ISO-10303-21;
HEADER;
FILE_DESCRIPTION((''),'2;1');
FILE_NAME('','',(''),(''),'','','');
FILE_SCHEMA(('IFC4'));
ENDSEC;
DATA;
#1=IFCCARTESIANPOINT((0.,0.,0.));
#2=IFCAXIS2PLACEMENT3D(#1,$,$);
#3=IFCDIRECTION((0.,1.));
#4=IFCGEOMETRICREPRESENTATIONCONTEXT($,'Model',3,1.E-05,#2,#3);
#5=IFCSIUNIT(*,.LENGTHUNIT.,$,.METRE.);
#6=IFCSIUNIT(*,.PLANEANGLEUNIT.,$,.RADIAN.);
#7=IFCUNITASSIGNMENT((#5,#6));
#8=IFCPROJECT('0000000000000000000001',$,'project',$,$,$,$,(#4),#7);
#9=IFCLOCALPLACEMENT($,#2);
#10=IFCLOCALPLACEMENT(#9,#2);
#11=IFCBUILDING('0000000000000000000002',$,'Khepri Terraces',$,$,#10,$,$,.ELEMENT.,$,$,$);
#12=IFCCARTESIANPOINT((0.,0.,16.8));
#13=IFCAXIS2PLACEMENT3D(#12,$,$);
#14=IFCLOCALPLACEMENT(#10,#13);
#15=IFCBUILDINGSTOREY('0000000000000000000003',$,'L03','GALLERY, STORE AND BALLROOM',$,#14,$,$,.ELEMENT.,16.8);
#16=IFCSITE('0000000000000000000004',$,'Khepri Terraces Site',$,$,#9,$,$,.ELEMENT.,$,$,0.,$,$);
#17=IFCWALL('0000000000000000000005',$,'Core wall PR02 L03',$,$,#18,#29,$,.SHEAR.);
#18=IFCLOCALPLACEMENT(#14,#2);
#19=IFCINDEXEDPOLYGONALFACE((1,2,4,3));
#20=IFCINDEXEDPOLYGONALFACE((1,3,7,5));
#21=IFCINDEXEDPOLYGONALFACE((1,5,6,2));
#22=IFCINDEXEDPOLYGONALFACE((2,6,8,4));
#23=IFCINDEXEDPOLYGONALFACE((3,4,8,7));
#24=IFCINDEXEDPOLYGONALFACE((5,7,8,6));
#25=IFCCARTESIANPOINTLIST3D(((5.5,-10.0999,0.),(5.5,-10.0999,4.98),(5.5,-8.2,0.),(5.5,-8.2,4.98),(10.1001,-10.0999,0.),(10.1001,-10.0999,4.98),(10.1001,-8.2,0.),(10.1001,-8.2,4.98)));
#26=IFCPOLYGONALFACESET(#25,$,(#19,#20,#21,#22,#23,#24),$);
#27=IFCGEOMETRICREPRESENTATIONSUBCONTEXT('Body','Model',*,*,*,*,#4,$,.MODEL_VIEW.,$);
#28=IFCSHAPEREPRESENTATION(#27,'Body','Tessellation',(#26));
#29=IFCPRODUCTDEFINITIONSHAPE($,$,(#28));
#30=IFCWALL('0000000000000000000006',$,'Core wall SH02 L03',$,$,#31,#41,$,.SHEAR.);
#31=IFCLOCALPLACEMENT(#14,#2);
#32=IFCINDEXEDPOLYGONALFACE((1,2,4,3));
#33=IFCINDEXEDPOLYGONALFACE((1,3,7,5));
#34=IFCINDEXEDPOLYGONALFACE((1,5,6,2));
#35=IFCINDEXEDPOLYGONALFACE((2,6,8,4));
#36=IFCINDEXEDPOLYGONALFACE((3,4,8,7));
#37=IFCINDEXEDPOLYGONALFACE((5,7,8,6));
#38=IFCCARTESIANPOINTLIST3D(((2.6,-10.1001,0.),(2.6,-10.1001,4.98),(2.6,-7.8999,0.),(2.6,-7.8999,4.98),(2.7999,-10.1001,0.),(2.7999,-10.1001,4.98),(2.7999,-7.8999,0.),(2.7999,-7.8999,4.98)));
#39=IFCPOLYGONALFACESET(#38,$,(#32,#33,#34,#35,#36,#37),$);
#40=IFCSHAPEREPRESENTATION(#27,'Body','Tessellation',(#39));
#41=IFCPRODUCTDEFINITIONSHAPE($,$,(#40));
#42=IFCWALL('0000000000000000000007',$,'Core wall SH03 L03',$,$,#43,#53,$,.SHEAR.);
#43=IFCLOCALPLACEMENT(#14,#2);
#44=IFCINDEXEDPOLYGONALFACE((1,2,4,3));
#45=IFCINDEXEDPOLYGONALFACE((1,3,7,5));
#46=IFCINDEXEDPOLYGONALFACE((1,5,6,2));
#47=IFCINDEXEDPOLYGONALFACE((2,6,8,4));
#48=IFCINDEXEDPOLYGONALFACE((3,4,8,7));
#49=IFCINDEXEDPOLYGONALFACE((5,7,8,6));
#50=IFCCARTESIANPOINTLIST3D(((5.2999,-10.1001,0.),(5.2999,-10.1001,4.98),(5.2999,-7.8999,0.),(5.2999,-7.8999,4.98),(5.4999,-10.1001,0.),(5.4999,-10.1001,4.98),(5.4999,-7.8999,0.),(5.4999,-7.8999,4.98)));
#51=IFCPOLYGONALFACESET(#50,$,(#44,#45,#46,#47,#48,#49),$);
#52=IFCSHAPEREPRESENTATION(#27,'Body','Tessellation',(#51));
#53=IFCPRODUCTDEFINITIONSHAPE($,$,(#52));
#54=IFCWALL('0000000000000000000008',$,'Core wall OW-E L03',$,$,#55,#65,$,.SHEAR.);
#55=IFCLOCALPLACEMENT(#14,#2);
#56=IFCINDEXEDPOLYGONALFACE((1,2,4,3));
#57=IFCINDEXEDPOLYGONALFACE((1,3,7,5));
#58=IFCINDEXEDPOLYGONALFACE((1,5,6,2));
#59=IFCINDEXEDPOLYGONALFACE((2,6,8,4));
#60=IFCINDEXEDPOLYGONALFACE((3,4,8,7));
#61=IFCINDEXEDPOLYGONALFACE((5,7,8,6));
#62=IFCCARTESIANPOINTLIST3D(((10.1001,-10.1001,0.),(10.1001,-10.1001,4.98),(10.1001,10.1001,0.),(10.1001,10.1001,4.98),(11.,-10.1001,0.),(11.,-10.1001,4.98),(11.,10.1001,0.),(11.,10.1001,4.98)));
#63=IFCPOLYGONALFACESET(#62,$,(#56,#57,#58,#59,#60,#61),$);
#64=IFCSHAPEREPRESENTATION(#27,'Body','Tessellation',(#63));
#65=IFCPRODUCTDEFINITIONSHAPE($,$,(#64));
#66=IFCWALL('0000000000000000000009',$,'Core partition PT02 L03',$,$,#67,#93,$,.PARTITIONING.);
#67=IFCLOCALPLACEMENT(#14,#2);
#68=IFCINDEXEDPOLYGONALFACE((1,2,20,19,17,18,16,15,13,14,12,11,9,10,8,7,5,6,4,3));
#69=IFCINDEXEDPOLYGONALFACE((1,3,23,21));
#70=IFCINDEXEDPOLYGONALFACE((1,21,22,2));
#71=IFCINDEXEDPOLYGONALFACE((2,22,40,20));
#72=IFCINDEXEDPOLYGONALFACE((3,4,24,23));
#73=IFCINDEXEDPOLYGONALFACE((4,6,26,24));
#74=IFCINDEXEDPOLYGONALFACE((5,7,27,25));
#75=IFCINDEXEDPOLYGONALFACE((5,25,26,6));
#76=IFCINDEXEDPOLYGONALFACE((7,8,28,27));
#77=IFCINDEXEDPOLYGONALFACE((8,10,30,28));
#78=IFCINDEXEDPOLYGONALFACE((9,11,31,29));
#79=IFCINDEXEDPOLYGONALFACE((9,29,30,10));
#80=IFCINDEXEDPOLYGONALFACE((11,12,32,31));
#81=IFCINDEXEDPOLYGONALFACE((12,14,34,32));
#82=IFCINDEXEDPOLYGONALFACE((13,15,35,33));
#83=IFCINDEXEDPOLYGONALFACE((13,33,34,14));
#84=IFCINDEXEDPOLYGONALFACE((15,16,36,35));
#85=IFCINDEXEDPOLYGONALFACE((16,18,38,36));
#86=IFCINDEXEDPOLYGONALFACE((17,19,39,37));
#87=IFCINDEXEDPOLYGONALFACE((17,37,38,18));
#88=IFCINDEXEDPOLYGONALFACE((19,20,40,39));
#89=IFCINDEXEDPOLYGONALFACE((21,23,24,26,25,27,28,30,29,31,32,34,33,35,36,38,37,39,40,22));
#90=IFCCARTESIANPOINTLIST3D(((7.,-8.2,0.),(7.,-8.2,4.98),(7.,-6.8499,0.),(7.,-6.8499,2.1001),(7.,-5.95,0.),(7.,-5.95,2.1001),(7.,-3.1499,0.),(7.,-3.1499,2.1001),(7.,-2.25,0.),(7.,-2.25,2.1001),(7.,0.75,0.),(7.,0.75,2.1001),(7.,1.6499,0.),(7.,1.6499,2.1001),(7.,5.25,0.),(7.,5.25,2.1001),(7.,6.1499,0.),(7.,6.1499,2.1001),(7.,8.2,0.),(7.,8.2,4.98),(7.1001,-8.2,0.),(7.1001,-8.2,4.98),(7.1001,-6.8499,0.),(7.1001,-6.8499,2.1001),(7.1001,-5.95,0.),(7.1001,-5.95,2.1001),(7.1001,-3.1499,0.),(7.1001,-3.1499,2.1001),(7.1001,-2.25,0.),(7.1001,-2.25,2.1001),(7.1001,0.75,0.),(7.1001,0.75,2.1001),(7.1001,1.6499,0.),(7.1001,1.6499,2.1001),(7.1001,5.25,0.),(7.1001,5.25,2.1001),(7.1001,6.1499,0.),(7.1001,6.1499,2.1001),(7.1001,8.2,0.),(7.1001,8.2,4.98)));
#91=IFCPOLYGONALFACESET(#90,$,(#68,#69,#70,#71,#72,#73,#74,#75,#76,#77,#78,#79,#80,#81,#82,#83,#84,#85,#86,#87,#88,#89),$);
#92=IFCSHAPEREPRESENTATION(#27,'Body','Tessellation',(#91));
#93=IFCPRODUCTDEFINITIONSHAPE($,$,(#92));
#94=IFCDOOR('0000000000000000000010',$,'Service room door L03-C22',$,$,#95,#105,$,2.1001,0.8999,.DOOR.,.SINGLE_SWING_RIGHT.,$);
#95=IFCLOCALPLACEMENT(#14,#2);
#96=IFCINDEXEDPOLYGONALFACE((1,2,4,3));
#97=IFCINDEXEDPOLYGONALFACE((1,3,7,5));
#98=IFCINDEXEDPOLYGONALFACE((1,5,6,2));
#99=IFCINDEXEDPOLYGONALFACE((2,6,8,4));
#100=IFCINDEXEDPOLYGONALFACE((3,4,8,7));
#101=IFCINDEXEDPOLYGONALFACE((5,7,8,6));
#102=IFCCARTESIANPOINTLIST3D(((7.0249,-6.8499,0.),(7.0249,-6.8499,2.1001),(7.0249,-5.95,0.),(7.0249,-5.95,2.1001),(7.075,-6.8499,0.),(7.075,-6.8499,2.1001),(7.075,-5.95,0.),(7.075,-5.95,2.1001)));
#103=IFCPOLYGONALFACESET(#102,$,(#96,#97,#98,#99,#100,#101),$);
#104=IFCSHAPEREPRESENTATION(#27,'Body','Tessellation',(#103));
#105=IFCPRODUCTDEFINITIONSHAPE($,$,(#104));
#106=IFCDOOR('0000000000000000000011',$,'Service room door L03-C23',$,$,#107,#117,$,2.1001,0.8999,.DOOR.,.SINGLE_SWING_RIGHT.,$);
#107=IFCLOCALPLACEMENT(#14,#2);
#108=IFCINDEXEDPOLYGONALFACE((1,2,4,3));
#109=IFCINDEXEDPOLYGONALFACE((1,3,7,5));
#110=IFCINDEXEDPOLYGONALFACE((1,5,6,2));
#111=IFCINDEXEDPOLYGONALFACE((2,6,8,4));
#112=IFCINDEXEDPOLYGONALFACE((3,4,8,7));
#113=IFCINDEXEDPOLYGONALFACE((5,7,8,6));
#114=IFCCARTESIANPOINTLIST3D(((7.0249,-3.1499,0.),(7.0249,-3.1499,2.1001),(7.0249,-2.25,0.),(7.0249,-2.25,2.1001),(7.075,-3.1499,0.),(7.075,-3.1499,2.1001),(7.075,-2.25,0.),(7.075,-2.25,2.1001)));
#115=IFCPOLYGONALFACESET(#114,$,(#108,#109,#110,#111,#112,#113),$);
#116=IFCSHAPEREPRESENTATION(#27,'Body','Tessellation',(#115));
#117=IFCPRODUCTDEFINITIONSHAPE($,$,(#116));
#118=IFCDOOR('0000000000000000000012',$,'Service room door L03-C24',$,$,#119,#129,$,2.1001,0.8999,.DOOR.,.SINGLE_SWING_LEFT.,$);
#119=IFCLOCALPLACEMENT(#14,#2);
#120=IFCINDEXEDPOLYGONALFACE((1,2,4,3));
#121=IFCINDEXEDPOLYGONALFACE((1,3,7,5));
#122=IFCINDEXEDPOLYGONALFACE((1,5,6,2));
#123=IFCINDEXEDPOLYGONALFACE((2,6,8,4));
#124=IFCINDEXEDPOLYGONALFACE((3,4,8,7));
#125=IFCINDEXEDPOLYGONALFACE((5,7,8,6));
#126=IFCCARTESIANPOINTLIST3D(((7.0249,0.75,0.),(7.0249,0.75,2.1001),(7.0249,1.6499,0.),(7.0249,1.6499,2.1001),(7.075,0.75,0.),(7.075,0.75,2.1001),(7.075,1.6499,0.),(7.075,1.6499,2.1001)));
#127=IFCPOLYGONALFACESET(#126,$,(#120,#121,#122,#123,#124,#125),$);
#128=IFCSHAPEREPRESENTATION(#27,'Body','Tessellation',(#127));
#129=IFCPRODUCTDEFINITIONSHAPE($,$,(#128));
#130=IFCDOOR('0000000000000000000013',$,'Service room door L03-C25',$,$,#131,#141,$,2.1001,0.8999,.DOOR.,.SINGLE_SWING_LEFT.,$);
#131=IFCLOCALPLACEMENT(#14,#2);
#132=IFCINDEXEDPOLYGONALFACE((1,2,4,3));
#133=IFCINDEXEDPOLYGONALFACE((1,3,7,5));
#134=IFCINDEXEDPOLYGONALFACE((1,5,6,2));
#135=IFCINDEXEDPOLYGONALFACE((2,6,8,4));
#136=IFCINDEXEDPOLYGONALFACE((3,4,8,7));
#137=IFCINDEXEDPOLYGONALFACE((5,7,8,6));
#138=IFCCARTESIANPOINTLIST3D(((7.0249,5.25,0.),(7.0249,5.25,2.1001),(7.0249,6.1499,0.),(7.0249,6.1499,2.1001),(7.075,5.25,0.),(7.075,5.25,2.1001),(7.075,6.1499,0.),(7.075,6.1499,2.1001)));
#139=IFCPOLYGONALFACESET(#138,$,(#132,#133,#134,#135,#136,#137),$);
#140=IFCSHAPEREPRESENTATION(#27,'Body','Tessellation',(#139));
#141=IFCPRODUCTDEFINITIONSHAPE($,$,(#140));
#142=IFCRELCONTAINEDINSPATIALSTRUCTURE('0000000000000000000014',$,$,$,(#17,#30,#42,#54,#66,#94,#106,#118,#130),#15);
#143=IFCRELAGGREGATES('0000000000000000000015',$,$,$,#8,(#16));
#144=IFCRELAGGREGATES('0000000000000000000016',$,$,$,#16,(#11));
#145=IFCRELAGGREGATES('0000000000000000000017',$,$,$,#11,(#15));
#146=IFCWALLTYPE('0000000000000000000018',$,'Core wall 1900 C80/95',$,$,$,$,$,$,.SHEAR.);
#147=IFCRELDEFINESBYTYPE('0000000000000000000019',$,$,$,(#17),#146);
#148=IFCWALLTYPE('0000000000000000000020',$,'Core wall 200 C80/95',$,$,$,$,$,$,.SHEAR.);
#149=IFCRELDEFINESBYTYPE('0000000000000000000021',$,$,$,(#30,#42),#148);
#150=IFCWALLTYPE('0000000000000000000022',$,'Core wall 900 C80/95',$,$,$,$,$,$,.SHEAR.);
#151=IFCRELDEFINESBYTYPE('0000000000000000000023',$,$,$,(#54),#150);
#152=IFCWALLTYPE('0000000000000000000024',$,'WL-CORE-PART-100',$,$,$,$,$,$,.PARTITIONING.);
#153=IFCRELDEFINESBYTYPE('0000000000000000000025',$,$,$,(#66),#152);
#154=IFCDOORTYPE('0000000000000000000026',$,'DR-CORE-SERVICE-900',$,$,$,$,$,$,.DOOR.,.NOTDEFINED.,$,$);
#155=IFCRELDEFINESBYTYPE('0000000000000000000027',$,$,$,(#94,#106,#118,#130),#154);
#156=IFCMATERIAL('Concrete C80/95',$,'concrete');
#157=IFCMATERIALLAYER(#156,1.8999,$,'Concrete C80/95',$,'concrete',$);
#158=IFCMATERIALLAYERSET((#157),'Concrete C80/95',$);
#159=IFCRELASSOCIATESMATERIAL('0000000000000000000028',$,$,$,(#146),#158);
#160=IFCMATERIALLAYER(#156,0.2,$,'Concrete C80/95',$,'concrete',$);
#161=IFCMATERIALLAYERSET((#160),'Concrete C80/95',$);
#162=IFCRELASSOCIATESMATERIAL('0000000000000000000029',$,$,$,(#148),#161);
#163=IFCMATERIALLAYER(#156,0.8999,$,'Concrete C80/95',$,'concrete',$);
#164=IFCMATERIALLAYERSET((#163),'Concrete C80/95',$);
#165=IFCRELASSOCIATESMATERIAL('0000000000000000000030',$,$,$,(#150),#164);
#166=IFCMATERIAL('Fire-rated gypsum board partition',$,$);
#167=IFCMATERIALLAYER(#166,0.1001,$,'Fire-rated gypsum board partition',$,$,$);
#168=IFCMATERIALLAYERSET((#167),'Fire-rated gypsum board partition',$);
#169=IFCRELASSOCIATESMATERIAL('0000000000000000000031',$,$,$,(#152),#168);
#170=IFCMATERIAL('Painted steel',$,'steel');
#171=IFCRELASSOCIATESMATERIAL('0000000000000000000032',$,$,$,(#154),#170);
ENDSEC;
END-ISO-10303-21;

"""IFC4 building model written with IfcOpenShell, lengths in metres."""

from ifc_helpers import new_model, si_unit, direction, frame, frame_2d, origin, place, context, subcontext, project, spatial, rectangle, extrude, material, layer, layer_set, type_object, element, fill, save


model = new_model("IFC4")

# Units and contexts
model_context = context("Model", 3, precision=1e-05, world=origin(), true_north=direction((0.0, 1.0)))
body_context = subcontext(model_context, "Body", "Model", "MODEL_VIEW")
ifc_project = project(units=[si_unit("LENGTHUNIT", "METRE"), si_unit("PLANEANGLEUNIT", "RADIAN")], contexts=[model_context])

# Site, building, storey
site_placement = place(None, origin())
site = spatial("IfcSite", under=ifc_project, at=site_placement, Name="Khepri Terraces Site", CompositionType="ELEMENT", RefElevation=0.0)
building_placement = place(site_placement, origin())
building = spatial("IfcBuilding", under=site, at=building_placement, Name="Khepri Terraces", CompositionType="ELEMENT")
storey_placement = place(building_placement, frame((0.0, 0.0, 16.8)))
storey = spatial("IfcBuildingStorey", under=building, at=storey_placement, Name="L03", Description="GALLERY, STORE AND BALLROOM", CompositionType="ELEMENT", Elevation=16.8)

# Walls
ifc_material_1 = material(Name="Concrete C80/95", Category="concrete")
ifc_layer_1 = layer(ifc_material_1, 1.8999, Name="Concrete C80/95", Category="concrete")
ifc_layer_set_1 = layer_set([ifc_layer_1], Name="Concrete C80/95")
wall_type_1 = type_object("IfcWallType", Name="Core wall 1900 C80/95", PredefinedType="SHEAR", material=ifc_layer_set_1)
wall_1_placement = place(storey_placement, frame((5.5, -9.1499, 0.0), z_axis=(0.0, 0.0, 1.0), x_axis=(1.0, 0.0, 0.0)))
element("IfcWall", 1, at=wall_1_placement, inside=storey, type_object=wall_type_1, Name="Core wall PR02 L03", PredefinedType="SHEAR", context=body_context, shape_type="SweptSolid", body=[
    extrude(rectangle(XDim=4.6001, YDim=1.8999, at=frame_2d((2.3, 0.0))), origin(), (0.0, 0.0, 1.0), 4.98),
])
ifc_layer_2 = layer(ifc_material_1, 0.2, Name="Concrete C80/95", Category="concrete")
ifc_layer_set_2 = layer_set([ifc_layer_2], Name="Concrete C80/95")
wall_type_2 = type_object("IfcWallType", Name="Core wall 200 C80/95", PredefinedType="SHEAR", material=ifc_layer_set_2)
for number, where, z_axis, x_axis, name in (
    (2, (2.7, -10.1001, 0.0), (0.0, 0.0, 1.0), (0.0, 1.0, 0.0), "Core wall SH02 L03"),
    (3, (5.3999, -10.1001, 0.0), (0.0, 0.0, 1.0), (0.0, 1.0, 0.0), "Core wall SH03 L03"),
):
    element("IfcWall", number, at=place(storey_placement, frame(where, z_axis=z_axis, x_axis=x_axis)), inside=storey, type_object=wall_type_2, Name=name, PredefinedType="SHEAR", context=body_context, shape_type="SweptSolid", body=[
        extrude(rectangle(XDim=2.2002, YDim=0.2, at=frame_2d((1.1001, 0.0))), origin(), (0.0, 0.0, 1.0), 4.98),
    ])
ifc_layer_3 = layer(ifc_material_1, 0.8999, Name="Concrete C80/95", Category="concrete")
ifc_layer_set_3 = layer_set([ifc_layer_3], Name="Concrete C80/95")
wall_type_3 = type_object("IfcWallType", Name="Core wall 900 C80/95", PredefinedType="SHEAR", material=ifc_layer_set_3)
wall_2_placement = place(storey_placement, frame((10.55, -10.1001, 0.0), z_axis=(0.0, 0.0, 1.0), x_axis=(0.0, 1.0, 0.0)))
element("IfcWall", 4, at=wall_2_placement, inside=storey, type_object=wall_type_3, Name="Core wall OW-E L03", PredefinedType="SHEAR", context=body_context, shape_type="SweptSolid", body=[
    extrude(rectangle(XDim=20.2002, YDim=0.8999, at=frame_2d((10.1001, 0.0))), origin(), (0.0, 0.0, 1.0), 4.98),
])

# Wall, openings, doors
ifc_material_2 = material(Name="Fire-rated gypsum board partition")
ifc_layer_4 = layer(ifc_material_2, 0.1001, Name="Fire-rated gypsum board partition")
ifc_layer_set_4 = layer_set([ifc_layer_4], Name="Fire-rated gypsum board partition")
wall_type_4 = type_object("IfcWallType", Name="WL-CORE-PART-100", PredefinedType="PARTITIONING", material=ifc_layer_set_4)
wall_3_placement = place(storey_placement, frame((7.05, -8.2, 0.0), z_axis=(0.0, 0.0, 1.0), x_axis=(0.0, 1.0, 0.0)))
wall_3 = element("IfcWall", 5, at=wall_3_placement, inside=storey, type_object=wall_type_4, Name="Core partition PT02 L03", PredefinedType="PARTITIONING", context=body_context, shape_type="SweptSolid", body=[
    extrude(rectangle(XDim=16.3999, YDim=0.1001, at=frame_2d((8.2, 0.0))), origin(), (0.0, 0.0, 1.0), 4.98),
])
opening_1_placement = place(wall_3_placement, frame((1.3501, 0.0, 0.0)))
opening_1 = element("IfcOpeningElement", 6, at=opening_1_placement, cuts=wall_3, PredefinedType="OPENING", context=body_context, shape_type="SweptSolid", body=[
    extrude(rectangle(XDim=0.8999, YDim=2.1001, at=frame_2d((0.45, 1.05))), frame((0.0, 0.0601, 0.0), z_axis=(0.0, -1.0, 0.0), x_axis=(1.0, 0.0, 0.0)), (0.0, 0.0, 1.0), 0.1201),
])
opening_2_placement = place(wall_3_placement, frame((5.05, 0.0, 0.0)))
opening_2 = element("IfcOpeningElement", 7, at=opening_2_placement, cuts=wall_3, PredefinedType="OPENING", context=body_context, shape_type="SweptSolid", body=[
    extrude(rectangle(XDim=0.8999, YDim=2.1001, at=frame_2d((0.45, 1.05))), frame((0.0, 0.0601, 0.0), z_axis=(0.0, -1.0, 0.0), x_axis=(1.0, 0.0, 0.0)), (0.0, 0.0, 1.0), 0.1201),
])
opening_3_placement = place(wall_3_placement, frame((8.95, 0.0, 0.0)))
opening_3 = element("IfcOpeningElement", 8, at=opening_3_placement, cuts=wall_3, PredefinedType="OPENING", context=body_context, shape_type="SweptSolid", body=[
    extrude(rectangle(XDim=0.8999, YDim=2.1001, at=frame_2d((0.45, 1.05))), frame((0.0, 0.0601, 0.0), z_axis=(0.0, -1.0, 0.0), x_axis=(1.0, 0.0, 0.0)), (0.0, 0.0, 1.0), 0.1201),
])
opening_4_placement = place(wall_3_placement, frame((13.45, 0.0, 0.0)))
opening_4 = element("IfcOpeningElement", 9, at=opening_4_placement, cuts=wall_3, PredefinedType="OPENING", context=body_context, shape_type="SweptSolid", body=[
    extrude(rectangle(XDim=0.8999, YDim=2.1001, at=frame_2d((0.45, 1.05))), frame((0.0, 0.0601, 0.0), z_axis=(0.0, -1.0, 0.0), x_axis=(1.0, 0.0, 0.0)), (0.0, 0.0, 1.0), 0.1201),
])
ifc_material_3 = material(Name="Painted steel", Category="steel")
door_type_1 = type_object("IfcDoorType", Name="DR-CORE-SERVICE-900", OperationType="NOTDEFINED", PredefinedType="DOOR", material=ifc_material_3)
door_1_placement = place(opening_1_placement, frame((0.8999, 0.0, 0.0), z_axis=(0.0, 0.0, 1.0), x_axis=(-1.0, 0.0, 0.0)))
door_1 = element("IfcDoor", 10, at=door_1_placement, inside=storey, type_object=door_type_1, Name="Service room door L03-C22", OperationType="SINGLE_SWING_RIGHT", OverallHeight=2.1001, OverallWidth=0.8999, PredefinedType="DOOR", context=body_context, shape_type="SweptSolid", body=[
    extrude(rectangle(XDim=0.8999, YDim=2.1001, at=frame_2d((0.45, 1.05))), frame((0.0, 0.0249, 0.0), z_axis=(0.0, -1.0, 0.0), x_axis=(1.0, 0.0, 0.0)), (0.0, 0.0, 1.0), 0.05),
])
fill(opening_1, door_1)
door_2_placement = place(opening_2_placement, frame((0.8999, 0.0, 0.0), z_axis=(0.0, 0.0, 1.0), x_axis=(-1.0, 0.0, 0.0)))
door_2 = element("IfcDoor", 11, at=door_2_placement, inside=storey, type_object=door_type_1, Name="Service room door L03-C23", OperationType="SINGLE_SWING_RIGHT", OverallHeight=2.1001, OverallWidth=0.8999, PredefinedType="DOOR", context=body_context, shape_type="SweptSolid", body=[
    extrude(rectangle(XDim=0.8999, YDim=2.1001, at=frame_2d((0.45, 1.05))), frame((0.0, 0.0249, 0.0), z_axis=(0.0, -1.0, 0.0), x_axis=(1.0, 0.0, 0.0)), (0.0, 0.0, 1.0), 0.05),
])
fill(opening_2, door_2)
door_3_placement = place(opening_3_placement, frame((0.8999, 0.0, 0.0), z_axis=(0.0, 0.0, 1.0), x_axis=(-1.0, 0.0, 0.0)))
door_3 = element("IfcDoor", 12, at=door_3_placement, inside=storey, type_object=door_type_1, Name="Service room door L03-C24", OperationType="SINGLE_SWING_LEFT", OverallHeight=2.1001, OverallWidth=0.8999, PredefinedType="DOOR", context=body_context, shape_type="SweptSolid", body=[
    extrude(rectangle(XDim=0.8999, YDim=2.1001, at=frame_2d((0.45, 1.05))), frame((0.0, 0.0249, 0.0), z_axis=(0.0, -1.0, 0.0), x_axis=(1.0, 0.0, 0.0)), (0.0, 0.0, 1.0), 0.05),
])
fill(opening_3, door_3)
door_4_placement = place(opening_4_placement, frame((0.8999, 0.0, 0.0), z_axis=(0.0, 0.0, 1.0), x_axis=(-1.0, 0.0, 0.0)))
door_4 = element("IfcDoor", 13, at=door_4_placement, inside=storey, type_object=door_type_1, Name="Service room door L03-C25", OperationType="SINGLE_SWING_LEFT", OverallHeight=2.1001, OverallWidth=0.8999, PredefinedType="DOOR", context=body_context, shape_type="SweptSolid", body=[
    extrude(rectangle(XDim=0.8999, YDim=2.1001, at=frame_2d((0.45, 1.05))), frame((0.0, 0.0249, 0.0), z_axis=(0.0, -1.0, 0.0), x_axis=(1.0, 0.0, 0.0)), (0.0, 0.0, 1.0), 0.05),
])
fill(opening_4, door_4)

save(model, "model.ifc")
